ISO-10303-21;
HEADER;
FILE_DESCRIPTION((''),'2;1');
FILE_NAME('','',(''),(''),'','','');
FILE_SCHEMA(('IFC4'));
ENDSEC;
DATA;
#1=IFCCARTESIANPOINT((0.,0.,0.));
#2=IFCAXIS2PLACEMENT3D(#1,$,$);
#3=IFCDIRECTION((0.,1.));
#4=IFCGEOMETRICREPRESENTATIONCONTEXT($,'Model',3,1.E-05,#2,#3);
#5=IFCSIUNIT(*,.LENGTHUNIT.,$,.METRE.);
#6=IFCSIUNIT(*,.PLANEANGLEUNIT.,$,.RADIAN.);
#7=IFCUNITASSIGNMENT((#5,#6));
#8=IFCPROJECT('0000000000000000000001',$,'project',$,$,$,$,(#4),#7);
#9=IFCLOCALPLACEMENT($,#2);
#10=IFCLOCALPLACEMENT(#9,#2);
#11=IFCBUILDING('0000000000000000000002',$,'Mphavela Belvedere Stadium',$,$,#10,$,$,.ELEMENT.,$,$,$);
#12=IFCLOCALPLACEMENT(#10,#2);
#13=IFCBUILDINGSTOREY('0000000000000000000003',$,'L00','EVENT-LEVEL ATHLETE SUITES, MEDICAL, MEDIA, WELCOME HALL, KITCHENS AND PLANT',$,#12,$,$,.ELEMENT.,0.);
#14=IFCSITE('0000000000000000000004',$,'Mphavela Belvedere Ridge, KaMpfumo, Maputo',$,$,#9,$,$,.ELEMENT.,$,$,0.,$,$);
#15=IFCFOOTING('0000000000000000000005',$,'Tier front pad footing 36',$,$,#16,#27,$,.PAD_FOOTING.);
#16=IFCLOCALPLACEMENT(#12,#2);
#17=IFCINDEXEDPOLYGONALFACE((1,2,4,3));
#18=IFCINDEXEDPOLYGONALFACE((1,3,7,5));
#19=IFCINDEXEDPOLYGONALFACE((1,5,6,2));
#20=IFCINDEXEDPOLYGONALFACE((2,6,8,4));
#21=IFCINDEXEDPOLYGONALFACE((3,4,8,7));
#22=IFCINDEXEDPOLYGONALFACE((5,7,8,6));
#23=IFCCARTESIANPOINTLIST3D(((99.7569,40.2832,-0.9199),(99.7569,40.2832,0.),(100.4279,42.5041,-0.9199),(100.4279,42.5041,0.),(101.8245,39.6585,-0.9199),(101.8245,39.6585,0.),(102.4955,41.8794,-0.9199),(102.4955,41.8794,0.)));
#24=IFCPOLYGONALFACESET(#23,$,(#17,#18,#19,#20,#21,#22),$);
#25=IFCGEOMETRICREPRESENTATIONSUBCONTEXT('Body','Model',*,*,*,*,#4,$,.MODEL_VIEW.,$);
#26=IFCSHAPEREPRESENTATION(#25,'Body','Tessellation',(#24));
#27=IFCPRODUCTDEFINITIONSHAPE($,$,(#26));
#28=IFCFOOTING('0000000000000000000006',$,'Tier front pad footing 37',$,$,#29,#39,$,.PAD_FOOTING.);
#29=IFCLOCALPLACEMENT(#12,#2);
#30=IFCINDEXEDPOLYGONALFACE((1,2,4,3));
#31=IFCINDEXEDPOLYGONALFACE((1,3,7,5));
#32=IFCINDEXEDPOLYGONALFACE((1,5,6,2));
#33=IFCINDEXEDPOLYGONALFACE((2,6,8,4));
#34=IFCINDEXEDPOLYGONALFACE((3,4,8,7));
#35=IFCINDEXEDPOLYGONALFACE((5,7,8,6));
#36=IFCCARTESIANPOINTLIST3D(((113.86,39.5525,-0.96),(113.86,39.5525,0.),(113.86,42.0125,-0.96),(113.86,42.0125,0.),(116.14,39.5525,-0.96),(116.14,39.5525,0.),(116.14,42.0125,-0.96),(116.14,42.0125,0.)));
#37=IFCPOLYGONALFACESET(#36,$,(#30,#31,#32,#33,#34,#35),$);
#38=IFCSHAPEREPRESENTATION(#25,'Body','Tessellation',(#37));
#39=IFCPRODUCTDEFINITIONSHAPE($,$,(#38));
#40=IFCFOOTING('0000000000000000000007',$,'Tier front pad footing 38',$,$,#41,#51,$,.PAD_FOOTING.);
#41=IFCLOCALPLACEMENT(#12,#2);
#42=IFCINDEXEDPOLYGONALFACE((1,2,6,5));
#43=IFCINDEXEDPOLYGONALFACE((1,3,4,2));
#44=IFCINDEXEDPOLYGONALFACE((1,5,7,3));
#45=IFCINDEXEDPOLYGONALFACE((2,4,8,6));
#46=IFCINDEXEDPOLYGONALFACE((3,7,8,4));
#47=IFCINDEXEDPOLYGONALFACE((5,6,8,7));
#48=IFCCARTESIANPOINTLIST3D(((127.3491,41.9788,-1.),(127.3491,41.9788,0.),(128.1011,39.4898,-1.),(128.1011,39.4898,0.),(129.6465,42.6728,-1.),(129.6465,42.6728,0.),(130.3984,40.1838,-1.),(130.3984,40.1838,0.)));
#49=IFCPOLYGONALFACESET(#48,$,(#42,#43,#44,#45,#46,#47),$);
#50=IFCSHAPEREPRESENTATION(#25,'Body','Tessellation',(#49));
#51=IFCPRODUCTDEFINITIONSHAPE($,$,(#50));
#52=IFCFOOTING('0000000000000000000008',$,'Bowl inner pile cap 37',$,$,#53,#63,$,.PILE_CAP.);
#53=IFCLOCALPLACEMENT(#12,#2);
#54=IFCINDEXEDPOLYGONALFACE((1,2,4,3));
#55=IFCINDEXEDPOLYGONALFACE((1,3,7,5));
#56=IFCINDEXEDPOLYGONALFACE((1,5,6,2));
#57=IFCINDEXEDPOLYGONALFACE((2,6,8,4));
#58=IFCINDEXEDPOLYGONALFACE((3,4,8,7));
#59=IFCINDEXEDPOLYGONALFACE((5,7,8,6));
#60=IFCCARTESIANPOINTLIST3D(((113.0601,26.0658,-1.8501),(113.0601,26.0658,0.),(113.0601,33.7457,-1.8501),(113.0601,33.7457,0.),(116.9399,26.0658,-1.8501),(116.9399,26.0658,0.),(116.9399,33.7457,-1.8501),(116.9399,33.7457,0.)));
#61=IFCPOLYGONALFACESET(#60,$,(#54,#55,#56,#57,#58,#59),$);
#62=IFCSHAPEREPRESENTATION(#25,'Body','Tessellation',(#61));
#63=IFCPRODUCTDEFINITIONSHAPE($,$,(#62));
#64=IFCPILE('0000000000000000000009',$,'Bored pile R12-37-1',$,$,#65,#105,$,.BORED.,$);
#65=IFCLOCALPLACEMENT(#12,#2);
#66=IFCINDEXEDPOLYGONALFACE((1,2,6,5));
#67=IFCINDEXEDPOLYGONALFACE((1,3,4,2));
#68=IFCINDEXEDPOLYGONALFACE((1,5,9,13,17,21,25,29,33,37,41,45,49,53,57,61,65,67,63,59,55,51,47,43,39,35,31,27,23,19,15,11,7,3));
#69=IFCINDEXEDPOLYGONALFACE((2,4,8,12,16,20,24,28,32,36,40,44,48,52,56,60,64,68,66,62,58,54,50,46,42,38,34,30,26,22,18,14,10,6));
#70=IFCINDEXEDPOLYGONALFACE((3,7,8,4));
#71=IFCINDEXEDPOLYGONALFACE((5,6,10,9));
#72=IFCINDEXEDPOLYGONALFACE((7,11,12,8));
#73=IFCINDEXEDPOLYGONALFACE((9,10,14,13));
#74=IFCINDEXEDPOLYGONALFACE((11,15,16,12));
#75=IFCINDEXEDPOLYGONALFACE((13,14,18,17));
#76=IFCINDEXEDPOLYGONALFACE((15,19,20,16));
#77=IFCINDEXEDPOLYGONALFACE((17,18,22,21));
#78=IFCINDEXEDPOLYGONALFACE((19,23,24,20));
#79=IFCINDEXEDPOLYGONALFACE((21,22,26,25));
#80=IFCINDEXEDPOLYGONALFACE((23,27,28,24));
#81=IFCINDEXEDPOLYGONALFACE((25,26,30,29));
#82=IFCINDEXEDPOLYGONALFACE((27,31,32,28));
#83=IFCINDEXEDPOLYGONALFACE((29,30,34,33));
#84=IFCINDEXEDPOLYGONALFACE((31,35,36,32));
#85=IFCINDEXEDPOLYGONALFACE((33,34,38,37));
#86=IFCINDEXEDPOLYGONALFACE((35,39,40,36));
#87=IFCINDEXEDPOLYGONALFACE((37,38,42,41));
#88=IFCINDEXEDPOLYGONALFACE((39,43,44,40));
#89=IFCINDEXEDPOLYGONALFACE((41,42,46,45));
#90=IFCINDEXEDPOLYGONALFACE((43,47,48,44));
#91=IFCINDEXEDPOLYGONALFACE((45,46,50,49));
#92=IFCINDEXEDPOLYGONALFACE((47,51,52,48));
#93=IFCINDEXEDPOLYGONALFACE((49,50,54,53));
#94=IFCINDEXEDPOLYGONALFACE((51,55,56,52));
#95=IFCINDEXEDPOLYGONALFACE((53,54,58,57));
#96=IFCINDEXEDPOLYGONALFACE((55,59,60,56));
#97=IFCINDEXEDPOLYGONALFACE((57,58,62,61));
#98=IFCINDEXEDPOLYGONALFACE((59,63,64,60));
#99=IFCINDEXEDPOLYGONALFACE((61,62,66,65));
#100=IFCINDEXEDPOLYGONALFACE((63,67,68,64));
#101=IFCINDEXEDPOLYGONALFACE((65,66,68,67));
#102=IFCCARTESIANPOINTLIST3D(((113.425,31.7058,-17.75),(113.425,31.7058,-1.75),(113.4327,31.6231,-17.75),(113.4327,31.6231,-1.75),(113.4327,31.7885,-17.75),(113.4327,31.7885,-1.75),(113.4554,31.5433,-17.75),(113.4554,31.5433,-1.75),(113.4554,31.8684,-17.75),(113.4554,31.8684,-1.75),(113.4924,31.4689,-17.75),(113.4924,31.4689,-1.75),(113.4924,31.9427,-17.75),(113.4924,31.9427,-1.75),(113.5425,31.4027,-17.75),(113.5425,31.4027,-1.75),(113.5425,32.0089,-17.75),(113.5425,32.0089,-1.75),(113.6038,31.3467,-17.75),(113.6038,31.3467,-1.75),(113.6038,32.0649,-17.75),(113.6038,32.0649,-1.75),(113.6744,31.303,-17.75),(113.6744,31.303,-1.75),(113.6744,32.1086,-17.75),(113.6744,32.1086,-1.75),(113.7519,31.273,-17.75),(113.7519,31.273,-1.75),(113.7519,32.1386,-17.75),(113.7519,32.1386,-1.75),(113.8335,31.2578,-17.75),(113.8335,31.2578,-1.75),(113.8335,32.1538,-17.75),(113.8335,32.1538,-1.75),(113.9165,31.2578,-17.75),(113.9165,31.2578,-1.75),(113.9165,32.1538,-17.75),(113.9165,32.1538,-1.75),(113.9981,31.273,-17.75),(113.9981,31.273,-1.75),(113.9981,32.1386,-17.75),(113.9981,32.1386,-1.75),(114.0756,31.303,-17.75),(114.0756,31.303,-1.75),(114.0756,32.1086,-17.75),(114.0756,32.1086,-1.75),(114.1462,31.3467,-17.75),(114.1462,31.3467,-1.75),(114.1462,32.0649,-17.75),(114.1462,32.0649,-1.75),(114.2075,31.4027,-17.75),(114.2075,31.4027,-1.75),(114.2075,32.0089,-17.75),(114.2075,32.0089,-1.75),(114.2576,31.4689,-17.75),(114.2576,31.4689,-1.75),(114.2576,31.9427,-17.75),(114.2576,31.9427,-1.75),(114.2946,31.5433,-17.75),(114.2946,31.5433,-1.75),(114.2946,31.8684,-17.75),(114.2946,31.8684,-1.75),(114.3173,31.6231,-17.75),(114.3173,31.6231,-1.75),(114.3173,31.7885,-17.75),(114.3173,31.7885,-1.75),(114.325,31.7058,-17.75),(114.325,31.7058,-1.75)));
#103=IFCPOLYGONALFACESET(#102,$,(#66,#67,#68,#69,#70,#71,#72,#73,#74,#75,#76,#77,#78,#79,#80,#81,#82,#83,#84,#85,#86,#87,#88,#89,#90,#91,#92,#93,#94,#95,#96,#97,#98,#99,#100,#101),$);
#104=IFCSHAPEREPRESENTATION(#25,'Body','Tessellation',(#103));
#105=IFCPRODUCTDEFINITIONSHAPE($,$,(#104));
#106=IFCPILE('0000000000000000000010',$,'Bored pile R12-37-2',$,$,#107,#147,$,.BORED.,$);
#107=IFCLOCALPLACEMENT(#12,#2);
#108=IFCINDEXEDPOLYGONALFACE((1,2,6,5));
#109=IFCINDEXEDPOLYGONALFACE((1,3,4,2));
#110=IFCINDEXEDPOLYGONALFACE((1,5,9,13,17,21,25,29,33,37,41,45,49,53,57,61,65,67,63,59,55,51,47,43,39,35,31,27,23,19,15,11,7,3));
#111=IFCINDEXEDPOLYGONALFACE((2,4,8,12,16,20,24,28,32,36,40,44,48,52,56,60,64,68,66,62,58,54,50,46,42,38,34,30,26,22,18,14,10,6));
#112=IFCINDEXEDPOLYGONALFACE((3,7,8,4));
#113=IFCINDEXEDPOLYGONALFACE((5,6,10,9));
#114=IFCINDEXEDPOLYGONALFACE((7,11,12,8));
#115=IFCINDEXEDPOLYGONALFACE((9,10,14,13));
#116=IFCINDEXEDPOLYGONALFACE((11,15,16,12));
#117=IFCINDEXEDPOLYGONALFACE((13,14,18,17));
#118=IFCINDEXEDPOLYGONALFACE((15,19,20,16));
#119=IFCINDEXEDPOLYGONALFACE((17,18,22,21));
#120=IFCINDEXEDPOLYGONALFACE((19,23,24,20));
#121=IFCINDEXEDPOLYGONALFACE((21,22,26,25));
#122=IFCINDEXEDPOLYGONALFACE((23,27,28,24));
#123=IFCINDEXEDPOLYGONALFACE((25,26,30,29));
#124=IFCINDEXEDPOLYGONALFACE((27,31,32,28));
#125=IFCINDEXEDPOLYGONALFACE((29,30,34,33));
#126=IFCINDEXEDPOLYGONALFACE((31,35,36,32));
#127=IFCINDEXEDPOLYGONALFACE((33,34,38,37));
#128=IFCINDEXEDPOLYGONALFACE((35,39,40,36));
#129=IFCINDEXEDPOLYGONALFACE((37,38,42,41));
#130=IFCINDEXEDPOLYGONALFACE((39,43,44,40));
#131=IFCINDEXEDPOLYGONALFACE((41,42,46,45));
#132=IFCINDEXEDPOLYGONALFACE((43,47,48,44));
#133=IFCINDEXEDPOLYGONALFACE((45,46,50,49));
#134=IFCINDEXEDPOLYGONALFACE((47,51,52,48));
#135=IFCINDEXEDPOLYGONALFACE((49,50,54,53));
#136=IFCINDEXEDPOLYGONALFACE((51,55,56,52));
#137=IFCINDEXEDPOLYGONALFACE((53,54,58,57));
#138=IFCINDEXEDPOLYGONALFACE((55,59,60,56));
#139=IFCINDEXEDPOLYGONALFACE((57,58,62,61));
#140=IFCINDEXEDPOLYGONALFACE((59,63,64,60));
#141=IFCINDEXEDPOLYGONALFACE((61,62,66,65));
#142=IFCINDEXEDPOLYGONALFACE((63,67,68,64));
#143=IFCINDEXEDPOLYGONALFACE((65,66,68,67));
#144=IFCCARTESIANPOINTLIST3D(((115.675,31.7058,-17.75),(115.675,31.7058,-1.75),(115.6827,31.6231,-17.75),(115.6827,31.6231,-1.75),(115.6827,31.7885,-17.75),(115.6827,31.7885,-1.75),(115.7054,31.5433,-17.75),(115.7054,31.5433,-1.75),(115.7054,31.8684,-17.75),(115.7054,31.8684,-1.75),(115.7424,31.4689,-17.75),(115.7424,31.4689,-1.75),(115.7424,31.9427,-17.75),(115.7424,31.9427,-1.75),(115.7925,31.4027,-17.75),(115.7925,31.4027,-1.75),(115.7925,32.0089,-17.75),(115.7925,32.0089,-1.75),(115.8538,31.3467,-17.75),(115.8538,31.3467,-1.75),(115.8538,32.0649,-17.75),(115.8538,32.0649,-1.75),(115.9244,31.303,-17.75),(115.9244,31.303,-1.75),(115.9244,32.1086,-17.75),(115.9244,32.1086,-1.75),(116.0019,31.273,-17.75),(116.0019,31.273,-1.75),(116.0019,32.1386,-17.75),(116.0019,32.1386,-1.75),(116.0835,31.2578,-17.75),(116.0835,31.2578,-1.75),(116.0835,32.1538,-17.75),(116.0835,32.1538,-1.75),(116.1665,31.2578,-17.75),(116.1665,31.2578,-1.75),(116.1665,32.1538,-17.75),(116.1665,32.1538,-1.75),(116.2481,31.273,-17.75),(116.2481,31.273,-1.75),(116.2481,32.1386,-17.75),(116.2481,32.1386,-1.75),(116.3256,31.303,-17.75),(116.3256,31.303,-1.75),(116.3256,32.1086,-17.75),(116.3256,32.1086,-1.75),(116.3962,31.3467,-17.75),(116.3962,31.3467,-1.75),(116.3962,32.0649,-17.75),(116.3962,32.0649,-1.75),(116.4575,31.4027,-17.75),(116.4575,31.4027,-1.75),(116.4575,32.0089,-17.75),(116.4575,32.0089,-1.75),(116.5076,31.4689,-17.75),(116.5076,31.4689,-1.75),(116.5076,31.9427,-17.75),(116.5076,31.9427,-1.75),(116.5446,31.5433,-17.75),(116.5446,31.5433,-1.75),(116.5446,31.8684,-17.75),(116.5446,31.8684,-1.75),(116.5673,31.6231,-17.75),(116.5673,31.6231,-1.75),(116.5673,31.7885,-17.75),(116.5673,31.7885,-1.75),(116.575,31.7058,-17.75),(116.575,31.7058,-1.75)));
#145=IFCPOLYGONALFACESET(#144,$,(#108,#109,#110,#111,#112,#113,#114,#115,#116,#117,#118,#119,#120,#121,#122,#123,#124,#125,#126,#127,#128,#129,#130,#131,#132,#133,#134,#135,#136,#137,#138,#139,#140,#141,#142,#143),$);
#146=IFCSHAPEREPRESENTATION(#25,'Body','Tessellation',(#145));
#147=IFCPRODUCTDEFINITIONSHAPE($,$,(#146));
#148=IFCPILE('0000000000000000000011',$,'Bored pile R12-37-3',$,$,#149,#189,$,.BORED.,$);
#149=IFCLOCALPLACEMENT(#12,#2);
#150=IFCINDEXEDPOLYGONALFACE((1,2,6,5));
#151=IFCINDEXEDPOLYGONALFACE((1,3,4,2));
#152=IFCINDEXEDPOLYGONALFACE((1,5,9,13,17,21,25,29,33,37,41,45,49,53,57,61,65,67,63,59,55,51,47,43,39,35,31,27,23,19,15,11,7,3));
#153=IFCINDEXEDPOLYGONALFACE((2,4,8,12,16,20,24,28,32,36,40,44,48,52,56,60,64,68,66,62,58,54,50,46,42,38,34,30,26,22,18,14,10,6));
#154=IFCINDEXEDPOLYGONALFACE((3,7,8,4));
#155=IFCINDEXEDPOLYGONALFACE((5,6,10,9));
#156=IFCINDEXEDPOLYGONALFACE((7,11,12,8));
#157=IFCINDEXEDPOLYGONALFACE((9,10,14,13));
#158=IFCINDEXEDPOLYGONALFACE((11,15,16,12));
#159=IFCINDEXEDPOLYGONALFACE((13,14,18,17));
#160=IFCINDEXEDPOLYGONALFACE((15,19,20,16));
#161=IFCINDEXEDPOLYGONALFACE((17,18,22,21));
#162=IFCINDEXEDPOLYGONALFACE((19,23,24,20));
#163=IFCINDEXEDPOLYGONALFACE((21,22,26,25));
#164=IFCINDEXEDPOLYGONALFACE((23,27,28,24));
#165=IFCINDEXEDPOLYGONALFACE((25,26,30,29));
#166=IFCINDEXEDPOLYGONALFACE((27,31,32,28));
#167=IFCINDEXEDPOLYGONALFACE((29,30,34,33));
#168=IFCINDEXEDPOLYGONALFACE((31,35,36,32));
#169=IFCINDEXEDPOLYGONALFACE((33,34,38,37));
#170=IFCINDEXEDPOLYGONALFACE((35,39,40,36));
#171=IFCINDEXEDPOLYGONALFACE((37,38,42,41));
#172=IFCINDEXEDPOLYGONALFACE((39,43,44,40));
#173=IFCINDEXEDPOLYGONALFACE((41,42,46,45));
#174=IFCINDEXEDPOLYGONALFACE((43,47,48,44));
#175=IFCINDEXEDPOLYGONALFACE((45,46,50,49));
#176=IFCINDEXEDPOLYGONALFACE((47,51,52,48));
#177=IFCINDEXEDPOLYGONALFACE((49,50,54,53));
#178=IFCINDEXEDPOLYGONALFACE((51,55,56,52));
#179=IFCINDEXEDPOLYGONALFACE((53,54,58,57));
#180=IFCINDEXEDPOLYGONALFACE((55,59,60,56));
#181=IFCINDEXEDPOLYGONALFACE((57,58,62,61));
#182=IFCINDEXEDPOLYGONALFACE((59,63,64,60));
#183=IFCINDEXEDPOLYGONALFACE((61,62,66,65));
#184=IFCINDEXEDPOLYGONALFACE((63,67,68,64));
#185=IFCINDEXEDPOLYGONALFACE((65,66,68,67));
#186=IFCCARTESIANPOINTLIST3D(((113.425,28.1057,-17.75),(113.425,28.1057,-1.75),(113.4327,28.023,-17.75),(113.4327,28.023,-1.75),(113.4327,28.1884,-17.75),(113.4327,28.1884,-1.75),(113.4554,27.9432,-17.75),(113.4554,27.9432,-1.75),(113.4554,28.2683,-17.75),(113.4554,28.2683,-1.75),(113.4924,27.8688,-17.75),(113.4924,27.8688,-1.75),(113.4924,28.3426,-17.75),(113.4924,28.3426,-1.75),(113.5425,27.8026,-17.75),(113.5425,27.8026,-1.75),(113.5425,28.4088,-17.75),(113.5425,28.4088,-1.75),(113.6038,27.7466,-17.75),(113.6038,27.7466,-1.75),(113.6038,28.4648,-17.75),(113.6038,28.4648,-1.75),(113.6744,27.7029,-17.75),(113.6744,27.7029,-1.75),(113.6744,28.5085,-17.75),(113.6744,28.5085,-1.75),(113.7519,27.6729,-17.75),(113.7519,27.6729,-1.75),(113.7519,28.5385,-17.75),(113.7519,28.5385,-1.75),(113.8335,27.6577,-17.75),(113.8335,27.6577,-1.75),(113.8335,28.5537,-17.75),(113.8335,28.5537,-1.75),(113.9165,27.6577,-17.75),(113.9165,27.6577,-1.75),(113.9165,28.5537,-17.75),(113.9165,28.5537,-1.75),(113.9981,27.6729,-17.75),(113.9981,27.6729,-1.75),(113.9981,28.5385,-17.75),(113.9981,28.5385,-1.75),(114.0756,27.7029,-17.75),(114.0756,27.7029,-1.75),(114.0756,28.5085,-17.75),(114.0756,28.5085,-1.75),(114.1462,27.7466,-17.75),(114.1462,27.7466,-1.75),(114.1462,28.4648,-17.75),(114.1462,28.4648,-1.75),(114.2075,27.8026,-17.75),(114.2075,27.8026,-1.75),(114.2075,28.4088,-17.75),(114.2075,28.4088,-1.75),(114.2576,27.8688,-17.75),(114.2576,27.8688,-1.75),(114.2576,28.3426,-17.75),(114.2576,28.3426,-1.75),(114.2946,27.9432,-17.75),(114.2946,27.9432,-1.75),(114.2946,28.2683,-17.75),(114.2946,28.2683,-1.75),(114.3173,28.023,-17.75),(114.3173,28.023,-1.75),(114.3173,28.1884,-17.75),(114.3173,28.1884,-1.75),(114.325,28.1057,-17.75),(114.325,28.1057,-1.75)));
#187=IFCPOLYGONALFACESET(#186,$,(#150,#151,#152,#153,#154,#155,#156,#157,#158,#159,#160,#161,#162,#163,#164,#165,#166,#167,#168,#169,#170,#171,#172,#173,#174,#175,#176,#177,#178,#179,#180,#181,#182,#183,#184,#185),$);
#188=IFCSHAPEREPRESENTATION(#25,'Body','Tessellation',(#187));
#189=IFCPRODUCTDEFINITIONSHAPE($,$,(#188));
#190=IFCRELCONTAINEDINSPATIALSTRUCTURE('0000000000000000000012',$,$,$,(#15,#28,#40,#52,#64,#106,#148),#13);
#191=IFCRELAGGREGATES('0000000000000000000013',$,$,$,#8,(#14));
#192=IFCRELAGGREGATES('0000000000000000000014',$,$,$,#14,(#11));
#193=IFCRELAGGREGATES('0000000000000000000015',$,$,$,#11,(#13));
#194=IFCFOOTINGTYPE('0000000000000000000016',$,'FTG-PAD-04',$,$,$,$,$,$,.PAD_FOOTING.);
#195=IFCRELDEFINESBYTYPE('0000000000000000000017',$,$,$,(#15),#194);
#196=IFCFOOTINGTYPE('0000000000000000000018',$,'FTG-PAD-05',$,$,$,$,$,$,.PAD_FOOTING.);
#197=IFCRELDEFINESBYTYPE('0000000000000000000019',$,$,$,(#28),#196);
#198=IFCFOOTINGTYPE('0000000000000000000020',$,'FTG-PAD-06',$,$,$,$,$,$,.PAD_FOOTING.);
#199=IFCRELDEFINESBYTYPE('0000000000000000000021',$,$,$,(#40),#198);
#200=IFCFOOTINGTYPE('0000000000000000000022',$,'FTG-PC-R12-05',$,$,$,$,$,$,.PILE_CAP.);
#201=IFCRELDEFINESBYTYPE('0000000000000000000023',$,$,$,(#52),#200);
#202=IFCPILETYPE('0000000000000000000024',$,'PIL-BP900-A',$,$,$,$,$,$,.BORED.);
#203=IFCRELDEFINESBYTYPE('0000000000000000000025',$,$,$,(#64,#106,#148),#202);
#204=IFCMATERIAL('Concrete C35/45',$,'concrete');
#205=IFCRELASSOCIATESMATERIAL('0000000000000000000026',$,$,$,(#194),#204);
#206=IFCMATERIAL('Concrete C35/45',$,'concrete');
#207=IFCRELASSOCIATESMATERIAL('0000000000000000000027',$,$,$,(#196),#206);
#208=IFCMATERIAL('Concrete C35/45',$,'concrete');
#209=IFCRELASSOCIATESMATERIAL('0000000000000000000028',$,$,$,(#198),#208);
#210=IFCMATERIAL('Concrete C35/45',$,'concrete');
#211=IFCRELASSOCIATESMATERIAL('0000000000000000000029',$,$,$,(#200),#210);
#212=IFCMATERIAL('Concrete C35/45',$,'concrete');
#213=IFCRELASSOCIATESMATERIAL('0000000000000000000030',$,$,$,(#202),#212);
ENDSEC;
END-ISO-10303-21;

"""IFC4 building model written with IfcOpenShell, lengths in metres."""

from ifc_helpers import new_model, si_unit, direction, frame, origin, origin_2d, place, context, subcontext, project, spatial, rectangle, circle, extrude, material, material_profile, profile_set, type_object, element, save


model = new_model("IFC4")

# Units and contexts
model_context = context("Model", 3, precision=1e-05, world=origin(), true_north=direction((0.0, 1.0)))
body_context = subcontext(model_context, "Body", "Model", "MODEL_VIEW")
ifc_project = project(units=[si_unit("LENGTHUNIT", "METRE"), si_unit("PLANEANGLEUNIT", "RADIAN")], contexts=[model_context])

# Site, building, storey
site_placement = place(None, origin())
site = spatial("IfcSite", under=ifc_project, at=site_placement, Name="Mphavela Belvedere Ridge, KaMpfumo, Maputo", CompositionType="ELEMENT", RefElevation=0.0)
building_placement = place(site_placement, origin())
building = spatial("IfcBuilding", under=site, at=building_placement, Name="Mphavela Belvedere Stadium", CompositionType="ELEMENT")
storey_placement = place(building_placement, origin())
storey = spatial("IfcBuildingStorey", under=building, at=storey_placement, Name="L00", Description="EVENT-LEVEL ATHLETE SUITES, MEDICAL, MEDIA, WELCOME HALL, KITCHENS AND PLANT", CompositionType="ELEMENT", Elevation=0.0)

# Footings
ifc_material_1 = material(Name="Concrete C35/45", Category="concrete")
footing_type_1 = type_object("IfcFootingType", Name="FTG-PAD-04", PredefinedType="PAD_FOOTING", material=ifc_material_1)
footing_1_placement = place(storey_placement, frame((101.1262, 41.0813, -0.9199), z_axis=(0.0, 0.0, 1.0), x_axis=(-0.289199, -0.957269, 0.0)))
element("IfcFooting", 1, at=footing_1_placement, inside=storey, type_object=footing_type_1, Name="Tier front pad footing 36", PredefinedType="PAD_FOOTING", context=body_context, shape_type="SweptSolid", body=[
    extrude(rectangle(XDim=2.3201, YDim=2.1599, at=origin_2d()), origin(), (0.0, 0.0, 1.0), 0.9199),
])
ifc_material_2 = material(Name="Concrete C35/45", Category="concrete")
footing_type_2 = type_object("IfcFootingType", Name="FTG-PAD-05", PredefinedType="PAD_FOOTING", material=ifc_material_2)
footing_2_placement = place(storey_placement, frame((115.0, 40.7825, -0.96), z_axis=(0.0, 0.0, 1.0), x_axis=(0.0, -1.0, 0.0)))
element("IfcFooting", 2, at=footing_2_placement, inside=storey, type_object=footing_type_2, Name="Tier front pad footing 37", PredefinedType="PAD_FOOTING", context=body_context, shape_type="SweptSolid", body=[
    extrude(rectangle(XDim=2.46, YDim=2.28, at=origin_2d()), origin(), (0.0, 0.0, 1.0), 0.96),
])
ifc_material_3 = material(Name="Concrete C35/45", Category="concrete")
footing_type_3 = type_object("IfcFootingType", Name="FTG-PAD-06", PredefinedType="PAD_FOOTING", material=ifc_material_3)
footing_3_placement = place(storey_placement, frame((128.8738, 41.0813, -1.0), z_axis=(0.0, 0.0, 1.0), x_axis=(0.289199, -0.957269, 0.0)))
element("IfcFooting", 3, at=footing_3_placement, inside=storey, type_object=footing_type_3, Name="Tier front pad footing 38", PredefinedType="PAD_FOOTING", context=body_context, shape_type="SweptSolid", body=[
    extrude(rectangle(XDim=2.6001, YDim=2.3999, at=origin_2d()), origin(), (0.0, 0.0, 1.0), 1.0),
])
ifc_material_4 = material(Name="Concrete C35/45", Category="concrete")
footing_type_4 = type_object("IfcFootingType", Name="FTG-PC-R12-05", PredefinedType="PILE_CAP", material=ifc_material_4)
footing_4_placement = place(storey_placement, frame((115.0, 29.9058, -1.8501), z_axis=(0.0, 0.0, 1.0), x_axis=(0.0, -1.0, 0.0)))
element("IfcFooting", 4, at=footing_4_placement, inside=storey, type_object=footing_type_4, Name="Bowl inner pile cap 37", PredefinedType="PILE_CAP", context=body_context, shape_type="SweptSolid", body=[
    extrude(rectangle(XDim=7.6799, YDim=3.8799, at=origin_2d()), origin(), (0.0, 0.0, 1.0), 1.8501),
])

# Piles
ifc_material_5 = material(Name="Concrete C35/45", Category="concrete")
ifc_material_profile_1 = material_profile(ifc_material_5, circle(Radius=0.45, at=origin_2d()), Name="BP D900")
ifc_profile_set_1 = profile_set([ifc_material_profile_1], Name="Concrete C35/45")
pile_type_1 = type_object("IfcPileType", Name="PIL-BP900-A", PredefinedType="BORED", material=ifc_profile_set_1)
for number, where, z_axis, x_axis, name in (
    (5, (113.875, 31.7058, -1.75), (0.0, 0.0, -1.0), (1.0, 0.0, 0.0), "Bored pile R12-37-1"),
    (6, (116.125, 31.7058, -1.75), (0.0, 0.0, -1.0), (1.0, 0.0, 0.0), "Bored pile R12-37-2"),
    (7, (113.875, 28.1057, -1.75), (0.0, 0.0, -1.0), (1.0, 0.0, 0.0), "Bored pile R12-37-3"),
):
    element("IfcPile", number, at=place(storey_placement, frame(where, z_axis=z_axis, x_axis=x_axis)), inside=storey, type_object=pile_type_1, Name=name, PredefinedType="BORED", context=body_context, shape_type="SweptSolid", body=[
        extrude(circle(Radius=0.45, at=origin_2d()), origin(), (0.0, 0.0, 1.0), 16.0),
    ])

save(model, "model.ifc")
